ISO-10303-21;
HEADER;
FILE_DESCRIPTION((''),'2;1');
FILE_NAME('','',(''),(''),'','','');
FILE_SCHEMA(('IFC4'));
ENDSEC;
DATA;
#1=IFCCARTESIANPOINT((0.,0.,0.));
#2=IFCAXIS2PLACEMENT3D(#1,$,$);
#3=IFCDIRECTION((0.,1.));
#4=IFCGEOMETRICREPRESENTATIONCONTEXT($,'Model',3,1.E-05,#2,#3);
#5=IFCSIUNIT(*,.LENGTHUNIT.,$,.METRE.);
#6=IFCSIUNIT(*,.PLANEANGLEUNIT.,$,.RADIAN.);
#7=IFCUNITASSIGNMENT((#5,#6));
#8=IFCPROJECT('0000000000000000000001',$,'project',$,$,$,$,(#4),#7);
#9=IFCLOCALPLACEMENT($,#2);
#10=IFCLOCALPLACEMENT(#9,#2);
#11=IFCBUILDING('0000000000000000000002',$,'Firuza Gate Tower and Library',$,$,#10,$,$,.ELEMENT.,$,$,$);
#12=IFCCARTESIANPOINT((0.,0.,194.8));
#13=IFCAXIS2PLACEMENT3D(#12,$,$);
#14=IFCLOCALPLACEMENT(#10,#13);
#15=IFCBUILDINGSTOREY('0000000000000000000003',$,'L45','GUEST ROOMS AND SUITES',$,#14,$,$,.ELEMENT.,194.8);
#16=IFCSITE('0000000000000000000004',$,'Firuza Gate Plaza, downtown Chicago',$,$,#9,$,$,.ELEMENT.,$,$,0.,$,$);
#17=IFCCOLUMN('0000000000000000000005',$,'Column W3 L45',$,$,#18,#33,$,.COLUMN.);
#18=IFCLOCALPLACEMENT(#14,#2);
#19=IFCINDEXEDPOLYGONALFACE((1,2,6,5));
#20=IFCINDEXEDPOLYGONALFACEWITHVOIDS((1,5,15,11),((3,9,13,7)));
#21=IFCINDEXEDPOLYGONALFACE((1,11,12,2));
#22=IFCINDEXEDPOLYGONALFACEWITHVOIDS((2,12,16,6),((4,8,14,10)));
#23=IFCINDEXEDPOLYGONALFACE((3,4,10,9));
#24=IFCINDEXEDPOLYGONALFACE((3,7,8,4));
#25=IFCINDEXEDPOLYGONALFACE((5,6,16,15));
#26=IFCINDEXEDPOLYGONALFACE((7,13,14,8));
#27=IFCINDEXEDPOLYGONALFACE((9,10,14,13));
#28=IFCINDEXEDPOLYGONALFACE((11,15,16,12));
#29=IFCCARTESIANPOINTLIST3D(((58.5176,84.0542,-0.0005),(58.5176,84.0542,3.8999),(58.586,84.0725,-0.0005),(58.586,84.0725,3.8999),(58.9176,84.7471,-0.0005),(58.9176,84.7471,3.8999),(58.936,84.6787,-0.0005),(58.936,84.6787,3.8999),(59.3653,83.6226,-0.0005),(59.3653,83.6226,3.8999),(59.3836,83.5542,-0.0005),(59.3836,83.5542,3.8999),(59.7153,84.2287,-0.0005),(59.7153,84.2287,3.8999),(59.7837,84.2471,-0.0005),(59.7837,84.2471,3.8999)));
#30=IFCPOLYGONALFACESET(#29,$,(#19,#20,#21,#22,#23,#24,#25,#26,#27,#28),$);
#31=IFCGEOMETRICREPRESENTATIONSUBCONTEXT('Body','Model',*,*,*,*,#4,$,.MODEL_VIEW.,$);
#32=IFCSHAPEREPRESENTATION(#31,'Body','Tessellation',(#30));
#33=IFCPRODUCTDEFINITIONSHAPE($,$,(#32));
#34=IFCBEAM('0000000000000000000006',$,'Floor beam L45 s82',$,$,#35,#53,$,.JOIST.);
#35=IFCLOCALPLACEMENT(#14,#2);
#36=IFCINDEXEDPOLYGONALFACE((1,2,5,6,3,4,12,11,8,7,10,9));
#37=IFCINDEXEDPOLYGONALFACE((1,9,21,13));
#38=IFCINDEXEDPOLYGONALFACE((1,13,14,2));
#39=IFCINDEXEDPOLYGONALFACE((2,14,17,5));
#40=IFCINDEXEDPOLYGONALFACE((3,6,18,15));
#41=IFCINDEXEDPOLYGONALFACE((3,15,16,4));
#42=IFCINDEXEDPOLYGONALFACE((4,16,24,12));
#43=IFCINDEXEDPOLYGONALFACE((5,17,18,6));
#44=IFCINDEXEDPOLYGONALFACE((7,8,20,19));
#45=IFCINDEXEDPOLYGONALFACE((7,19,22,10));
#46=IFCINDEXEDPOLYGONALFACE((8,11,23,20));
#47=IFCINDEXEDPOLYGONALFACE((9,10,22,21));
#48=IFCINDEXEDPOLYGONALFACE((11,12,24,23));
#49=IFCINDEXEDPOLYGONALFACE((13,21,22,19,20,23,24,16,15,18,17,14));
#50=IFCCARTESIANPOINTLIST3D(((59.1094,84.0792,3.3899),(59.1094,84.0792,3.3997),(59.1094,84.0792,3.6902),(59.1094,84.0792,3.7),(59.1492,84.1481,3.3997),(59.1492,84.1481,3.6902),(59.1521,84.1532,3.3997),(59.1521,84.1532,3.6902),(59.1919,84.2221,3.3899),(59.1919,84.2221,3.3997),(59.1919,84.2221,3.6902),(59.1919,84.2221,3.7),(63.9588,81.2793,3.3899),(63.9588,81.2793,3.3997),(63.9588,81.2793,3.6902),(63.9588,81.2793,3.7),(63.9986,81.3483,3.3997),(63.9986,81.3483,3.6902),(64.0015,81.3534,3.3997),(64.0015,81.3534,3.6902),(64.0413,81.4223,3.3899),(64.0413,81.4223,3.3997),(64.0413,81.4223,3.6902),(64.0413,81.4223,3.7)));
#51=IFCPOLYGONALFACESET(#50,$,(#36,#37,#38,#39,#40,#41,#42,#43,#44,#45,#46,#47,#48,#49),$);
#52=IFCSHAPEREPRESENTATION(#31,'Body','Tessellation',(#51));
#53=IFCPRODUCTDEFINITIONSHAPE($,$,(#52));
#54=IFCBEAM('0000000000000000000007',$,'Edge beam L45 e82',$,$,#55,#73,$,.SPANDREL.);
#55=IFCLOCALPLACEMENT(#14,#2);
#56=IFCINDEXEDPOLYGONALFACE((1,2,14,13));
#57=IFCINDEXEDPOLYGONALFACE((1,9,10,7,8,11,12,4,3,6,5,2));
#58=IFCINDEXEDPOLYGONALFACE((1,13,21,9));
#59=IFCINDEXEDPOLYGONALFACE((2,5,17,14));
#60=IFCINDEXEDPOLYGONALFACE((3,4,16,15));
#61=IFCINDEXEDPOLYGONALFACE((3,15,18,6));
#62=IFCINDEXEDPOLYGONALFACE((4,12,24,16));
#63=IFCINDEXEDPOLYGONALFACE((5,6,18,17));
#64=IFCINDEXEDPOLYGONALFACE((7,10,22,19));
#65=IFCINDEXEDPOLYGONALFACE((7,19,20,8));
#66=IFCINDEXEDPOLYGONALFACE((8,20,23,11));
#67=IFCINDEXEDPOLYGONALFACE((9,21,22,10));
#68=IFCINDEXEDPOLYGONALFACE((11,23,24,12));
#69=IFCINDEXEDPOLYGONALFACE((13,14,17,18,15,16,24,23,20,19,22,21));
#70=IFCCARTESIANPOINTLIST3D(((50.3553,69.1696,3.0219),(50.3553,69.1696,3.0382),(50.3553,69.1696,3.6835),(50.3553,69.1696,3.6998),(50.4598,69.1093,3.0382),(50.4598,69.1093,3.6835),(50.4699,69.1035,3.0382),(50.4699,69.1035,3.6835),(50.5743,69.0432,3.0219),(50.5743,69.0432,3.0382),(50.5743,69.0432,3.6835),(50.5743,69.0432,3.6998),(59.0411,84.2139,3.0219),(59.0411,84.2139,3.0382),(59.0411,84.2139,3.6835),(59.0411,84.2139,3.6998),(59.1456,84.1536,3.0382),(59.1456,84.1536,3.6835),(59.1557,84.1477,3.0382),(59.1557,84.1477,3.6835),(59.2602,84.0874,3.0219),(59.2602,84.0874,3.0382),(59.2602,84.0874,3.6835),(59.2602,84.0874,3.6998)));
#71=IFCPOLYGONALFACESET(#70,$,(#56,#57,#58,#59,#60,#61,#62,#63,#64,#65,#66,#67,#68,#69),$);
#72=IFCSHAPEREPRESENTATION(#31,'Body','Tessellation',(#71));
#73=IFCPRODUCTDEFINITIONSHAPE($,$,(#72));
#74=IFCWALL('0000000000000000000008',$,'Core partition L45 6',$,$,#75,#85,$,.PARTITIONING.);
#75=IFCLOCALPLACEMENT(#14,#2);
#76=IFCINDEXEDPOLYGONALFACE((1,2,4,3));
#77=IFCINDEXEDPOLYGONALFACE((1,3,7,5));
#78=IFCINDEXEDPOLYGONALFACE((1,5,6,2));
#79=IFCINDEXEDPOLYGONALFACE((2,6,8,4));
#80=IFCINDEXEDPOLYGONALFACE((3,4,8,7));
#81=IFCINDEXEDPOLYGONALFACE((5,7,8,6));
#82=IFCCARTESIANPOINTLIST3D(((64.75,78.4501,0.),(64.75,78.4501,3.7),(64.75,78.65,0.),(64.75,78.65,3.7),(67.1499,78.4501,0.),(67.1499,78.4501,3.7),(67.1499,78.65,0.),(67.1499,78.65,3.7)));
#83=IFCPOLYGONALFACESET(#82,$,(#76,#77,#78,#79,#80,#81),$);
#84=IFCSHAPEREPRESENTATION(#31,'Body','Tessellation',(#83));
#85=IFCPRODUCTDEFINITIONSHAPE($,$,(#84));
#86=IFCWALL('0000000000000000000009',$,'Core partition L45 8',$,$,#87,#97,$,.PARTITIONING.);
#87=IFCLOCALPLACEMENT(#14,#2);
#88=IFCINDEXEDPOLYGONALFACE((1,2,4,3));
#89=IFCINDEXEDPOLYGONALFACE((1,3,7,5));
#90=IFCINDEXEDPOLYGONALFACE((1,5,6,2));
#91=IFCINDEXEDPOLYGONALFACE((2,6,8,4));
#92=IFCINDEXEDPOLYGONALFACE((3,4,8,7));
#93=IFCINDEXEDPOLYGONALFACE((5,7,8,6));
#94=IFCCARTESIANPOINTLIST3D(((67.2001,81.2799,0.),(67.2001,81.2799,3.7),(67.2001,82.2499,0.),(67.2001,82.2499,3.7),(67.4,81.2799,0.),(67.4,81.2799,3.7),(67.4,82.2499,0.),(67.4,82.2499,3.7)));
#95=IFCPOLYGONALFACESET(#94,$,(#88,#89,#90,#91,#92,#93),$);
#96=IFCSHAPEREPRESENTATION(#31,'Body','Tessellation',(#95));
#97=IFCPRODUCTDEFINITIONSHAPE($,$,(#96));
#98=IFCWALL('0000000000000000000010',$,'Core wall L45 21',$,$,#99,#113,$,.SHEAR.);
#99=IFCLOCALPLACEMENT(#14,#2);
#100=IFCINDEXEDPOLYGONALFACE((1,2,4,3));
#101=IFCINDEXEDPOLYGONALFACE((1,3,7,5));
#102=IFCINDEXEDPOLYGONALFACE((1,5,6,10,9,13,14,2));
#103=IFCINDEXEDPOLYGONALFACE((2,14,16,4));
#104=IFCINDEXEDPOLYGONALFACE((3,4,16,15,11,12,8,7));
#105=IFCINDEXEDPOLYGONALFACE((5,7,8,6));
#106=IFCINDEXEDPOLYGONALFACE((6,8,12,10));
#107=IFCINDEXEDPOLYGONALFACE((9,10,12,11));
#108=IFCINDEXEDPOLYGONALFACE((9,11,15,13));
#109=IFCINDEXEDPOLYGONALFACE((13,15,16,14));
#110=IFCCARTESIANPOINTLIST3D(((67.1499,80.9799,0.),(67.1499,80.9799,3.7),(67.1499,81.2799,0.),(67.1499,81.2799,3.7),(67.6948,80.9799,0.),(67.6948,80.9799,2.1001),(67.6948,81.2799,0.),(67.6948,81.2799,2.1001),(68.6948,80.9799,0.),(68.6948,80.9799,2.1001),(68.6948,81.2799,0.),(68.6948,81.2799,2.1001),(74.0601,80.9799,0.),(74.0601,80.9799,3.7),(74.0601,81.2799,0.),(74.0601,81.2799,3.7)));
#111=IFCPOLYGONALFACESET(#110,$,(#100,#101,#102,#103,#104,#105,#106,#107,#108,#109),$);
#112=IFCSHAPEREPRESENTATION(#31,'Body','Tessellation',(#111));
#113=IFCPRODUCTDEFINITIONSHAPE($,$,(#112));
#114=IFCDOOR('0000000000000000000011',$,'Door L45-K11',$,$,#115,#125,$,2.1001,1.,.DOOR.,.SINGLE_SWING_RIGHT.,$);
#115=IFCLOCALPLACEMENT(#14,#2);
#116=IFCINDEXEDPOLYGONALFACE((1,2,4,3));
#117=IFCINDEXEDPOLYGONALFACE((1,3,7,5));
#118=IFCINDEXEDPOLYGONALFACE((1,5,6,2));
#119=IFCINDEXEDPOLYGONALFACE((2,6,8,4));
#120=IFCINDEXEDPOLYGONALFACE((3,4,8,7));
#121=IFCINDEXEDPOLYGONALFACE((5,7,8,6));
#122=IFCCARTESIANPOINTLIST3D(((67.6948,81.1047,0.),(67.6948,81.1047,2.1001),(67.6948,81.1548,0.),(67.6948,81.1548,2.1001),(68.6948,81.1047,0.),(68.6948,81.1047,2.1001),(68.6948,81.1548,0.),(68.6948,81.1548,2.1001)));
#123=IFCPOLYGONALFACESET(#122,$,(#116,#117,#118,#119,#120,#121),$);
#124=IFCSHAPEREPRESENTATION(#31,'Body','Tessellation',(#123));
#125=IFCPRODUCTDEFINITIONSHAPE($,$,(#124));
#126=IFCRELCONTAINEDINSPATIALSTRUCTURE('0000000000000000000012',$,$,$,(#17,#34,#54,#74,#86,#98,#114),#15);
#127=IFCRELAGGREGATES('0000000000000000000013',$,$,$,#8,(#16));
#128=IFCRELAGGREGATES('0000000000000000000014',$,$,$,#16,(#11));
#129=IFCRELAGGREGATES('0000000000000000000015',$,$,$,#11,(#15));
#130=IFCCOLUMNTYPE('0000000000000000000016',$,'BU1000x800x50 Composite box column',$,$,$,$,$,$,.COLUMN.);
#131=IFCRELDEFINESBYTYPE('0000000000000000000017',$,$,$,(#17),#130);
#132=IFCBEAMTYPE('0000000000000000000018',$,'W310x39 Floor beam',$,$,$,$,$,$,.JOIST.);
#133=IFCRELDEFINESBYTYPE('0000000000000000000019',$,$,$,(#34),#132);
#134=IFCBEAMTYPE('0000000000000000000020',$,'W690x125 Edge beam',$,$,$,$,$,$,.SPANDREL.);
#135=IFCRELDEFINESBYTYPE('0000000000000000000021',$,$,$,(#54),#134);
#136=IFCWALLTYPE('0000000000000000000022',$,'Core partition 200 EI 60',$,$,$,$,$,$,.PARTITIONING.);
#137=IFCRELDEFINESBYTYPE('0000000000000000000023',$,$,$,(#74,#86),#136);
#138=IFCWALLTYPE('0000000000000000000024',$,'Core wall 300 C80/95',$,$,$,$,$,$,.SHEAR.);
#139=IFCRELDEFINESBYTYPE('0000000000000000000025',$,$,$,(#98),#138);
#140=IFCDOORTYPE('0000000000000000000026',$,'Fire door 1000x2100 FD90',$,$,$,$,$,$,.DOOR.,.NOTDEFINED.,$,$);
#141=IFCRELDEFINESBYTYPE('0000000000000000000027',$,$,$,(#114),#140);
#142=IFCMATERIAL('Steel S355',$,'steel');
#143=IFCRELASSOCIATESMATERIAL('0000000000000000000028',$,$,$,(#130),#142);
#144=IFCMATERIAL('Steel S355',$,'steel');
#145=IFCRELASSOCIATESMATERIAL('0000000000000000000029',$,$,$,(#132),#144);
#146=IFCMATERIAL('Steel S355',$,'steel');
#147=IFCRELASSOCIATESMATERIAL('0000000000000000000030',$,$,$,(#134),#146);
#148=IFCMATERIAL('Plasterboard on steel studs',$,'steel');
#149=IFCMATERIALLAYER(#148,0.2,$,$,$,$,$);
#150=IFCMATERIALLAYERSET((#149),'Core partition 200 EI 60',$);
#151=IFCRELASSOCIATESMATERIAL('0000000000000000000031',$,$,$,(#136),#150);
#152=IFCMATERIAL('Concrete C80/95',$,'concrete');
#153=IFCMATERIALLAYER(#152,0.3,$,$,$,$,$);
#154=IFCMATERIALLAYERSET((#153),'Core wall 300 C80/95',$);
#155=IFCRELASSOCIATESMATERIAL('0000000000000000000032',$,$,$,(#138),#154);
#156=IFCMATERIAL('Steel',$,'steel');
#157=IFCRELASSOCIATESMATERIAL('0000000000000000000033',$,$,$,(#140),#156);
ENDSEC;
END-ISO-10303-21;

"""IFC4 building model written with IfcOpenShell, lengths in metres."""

from ifc_helpers import new_model, si_unit, direction, frame, frame_2d, origin, origin_2d, place, context, subcontext, project, spatial, rectangle, hollow_rectangle, i_section, extrude, material, layer, layer_set, material_profile, profile_set, type_object, element, fill, save


model = new_model("IFC4")

# Units and contexts
model_context = context("Model", 3, precision=1e-05, world=origin(), true_north=direction((0.0, 1.0)))
body_context = subcontext(model_context, "Body", "Model", "MODEL_VIEW")
ifc_project = project(units=[si_unit("LENGTHUNIT", "METRE"), si_unit("PLANEANGLEUNIT", "RADIAN")], contexts=[model_context])

# Site, building, storey
site_placement = place(None, origin())
site = spatial("IfcSite", under=ifc_project, at=site_placement, Name="Firuza Gate Plaza, downtown Chicago", CompositionType="ELEMENT", RefElevation=0.0)
building_placement = place(site_placement, origin())
building = spatial("IfcBuilding", under=site, at=building_placement, Name="Firuza Gate Tower and Library", CompositionType="ELEMENT")
storey_placement = place(building_placement, frame((0.0, 0.0, 194.8)))
storey = spatial("IfcBuildingStorey", under=building, at=storey_placement, Name="L45", Description="GUEST ROOMS AND SUITES", CompositionType="ELEMENT", Elevation=194.8)

# Column
ifc_material_1 = material(Name="Steel S355", Category="steel")
ifc_material_profile_1 = material_profile(ifc_material_1, hollow_rectangle(XDim=0.8, YDim=1.0, WallThickness=0.05, at=origin_2d()))
ifc_profile_set_1 = profile_set([ifc_material_profile_1], Name="Steel S355")
column_type = type_object("IfcColumnType", Name="BU1000x800x50 Composite box column", PredefinedType="COLUMN", material=ifc_profile_set_1)
column_placement = place(storey_placement, frame((59.1506, 84.1506, -0.0005), z_axis=(0.0, 0.0, 1.0), x_axis=(-0.5, -0.866025, 0.0)))
element("IfcColumn", 1, at=column_placement, inside=storey, type_object=column_type, Name="Column W3 L45", PredefinedType="COLUMN", context=body_context, shape_type="SweptSolid", body=[
    extrude(hollow_rectangle(XDim=0.8, YDim=1.0, WallThickness=0.05, at=origin_2d()), origin(), (0.0, 0.0, 1.0), 3.9004),
])

# Beams
ifc_material_2 = material(Name="Steel S355", Category="steel")
ifc_material_profile_2 = material_profile(ifc_material_2, i_section(OverallWidth=0.165, OverallDepth=0.3101, WebThickness=0.0059, FlangeThickness=0.0098, at=origin_2d()))
ifc_profile_set_2 = profile_set([ifc_material_profile_2], Name="Steel S355")
beam_type_1 = type_object("IfcBeamType", Name="W310x39 Floor beam", PredefinedType="JOIST", material=ifc_profile_set_2)
beam_1_placement = place(storey_placement, frame((59.1506, 84.1506, 3.5449), z_axis=(0.866024, -0.500003, 0.0), x_axis=(0.500003, 0.866024, 0.0)))
element("IfcBeam", 2, at=beam_1_placement, inside=storey, type_object=beam_type_1, Name="Floor beam L45 s82", PredefinedType="JOIST", context=body_context, shape_type="SweptSolid", body=[
    extrude(i_section(OverallWidth=0.165, OverallDepth=0.3101, WebThickness=0.0059, FlangeThickness=0.0098, at=origin_2d()), origin(), (0.0, 0.0, 1.0), 5.5996),
])
ifc_material_3 = material(Name="Steel S355", Category="steel")
ifc_material_profile_3 = material_profile(ifc_material_3, i_section(OverallWidth=0.2529, OverallDepth=0.678, WebThickness=0.0117, FlangeThickness=0.0164, at=origin_2d()))
ifc_profile_set_3 = profile_set([ifc_material_profile_3], Name="Steel S355")
beam_type_2 = type_object("IfcBeamType", Name="W690x125 Edge beam", PredefinedType="SPANDREL", material=ifc_profile_set_3)
beam_2_placement = place(storey_placement, frame((59.1506, 84.1506, 3.3608), z_axis=(-0.500001, -0.866025, 0.0), x_axis=(0.866025, -0.500001, 0.0)))
element("IfcBeam", 3, at=beam_2_placement, inside=storey, type_object=beam_type_2, Name="Edge beam L45 e82", PredefinedType="SPANDREL", context=body_context, shape_type="SweptSolid", body=[
    extrude(i_section(OverallWidth=0.2529, OverallDepth=0.678, WebThickness=0.0117, FlangeThickness=0.0164, at=origin_2d()), origin(), (0.0, 0.0, 1.0), 17.3716),
])

# Walls
ifc_material_4 = material(Name="Plasterboard on steel studs", Category="steel")
ifc_layer_1 = layer(ifc_material_4, 0.2)
ifc_layer_set_1 = layer_set([ifc_layer_1], Name="Core partition 200 EI 60")
wall_type_1 = type_object("IfcWallType", Name="Core partition 200 EI 60", PredefinedType="PARTITIONING", material=ifc_layer_set_1)
wall_1_placement = place(storey_placement, frame((64.75, 78.55, 0.0), z_axis=(0.0, 0.0, 1.0), x_axis=(1.0, 0.0, 0.0)))
element("IfcWall", 4, at=wall_1_placement, inside=storey, type_object=wall_type_1, Name="Core partition L45 6", PredefinedType="PARTITIONING", context=body_context, shape_type="SweptSolid", body=[
    extrude(rectangle(XDim=2.3999, YDim=0.2, at=frame_2d((1.2, 0.0))), origin(), (0.0, 0.0, 1.0), 3.7),
])
wall_2_placement = place(storey_placement, frame((67.3, 81.28, 0.0), z_axis=(0.0, 0.0, 1.0), x_axis=(0.0, 1.0, 0.0)))
element("IfcWall", 5, at=wall_2_placement, inside=storey, type_object=wall_type_1, Name="Core partition L45 8", PredefinedType="PARTITIONING", context=body_context, shape_type="SweptSolid", body=[
    extrude(rectangle(XDim=0.97, YDim=0.2, at=frame_2d((0.4849, 0.0))), origin(), (0.0, 0.0, 1.0), 3.7),
])

# Wall, opening, door
ifc_material_5 = material(Name="Concrete C80/95", Category="concrete")
ifc_layer_2 = layer(ifc_material_5, 0.3)
ifc_layer_set_2 = layer_set([ifc_layer_2], Name="Core wall 300 C80/95")
wall_type_2 = type_object("IfcWallType", Name="Core wall 300 C80/95", PredefinedType="SHEAR", material=ifc_layer_set_2)
wall_3_placement = place(storey_placement, frame((67.1499, 81.1299, 0.0), z_axis=(0.0, 0.0, 1.0), x_axis=(1.0, 0.0, 0.0)))
wall_3 = element("IfcWall", 6, at=wall_3_placement, inside=storey, type_object=wall_type_2, Name="Core wall L45 21", PredefinedType="SHEAR", context=body_context, shape_type="SweptSolid", body=[
    extrude(rectangle(XDim=6.9102, YDim=0.3, at=frame_2d((3.4551, 0.0))), origin(), (0.0, 0.0, 1.0), 3.7),
])
opening_1_placement = place(wall_3_placement, frame((0.5449, 0.0, 0.0)))
opening_1 = element("IfcOpeningElement", 7, at=opening_1_placement, cuts=wall_3, PredefinedType="OPENING", context=body_context, shape_type="SweptSolid", body=[
    extrude(rectangle(XDim=1.0, YDim=2.1001, at=frame_2d((0.5, 1.05))), frame((0.0, 0.1602, 0.0), z_axis=(0.0, -1.0, 0.0), x_axis=(1.0, 0.0, 0.0)), (0.0, 0.0, 1.0), 0.3201),
])
ifc_material_6 = material(Name="Steel", Category="steel")
door_type_1 = type_object("IfcDoorType", Name="Fire door 1000x2100 FD90", OperationType="NOTDEFINED", PredefinedType="DOOR", material=ifc_material_6)
door_1_placement = place(opening_1_placement, origin())
door_1 = element("IfcDoor", 8, at=door_1_placement, inside=storey, type_object=door_type_1, Name="Door L45-K11", OperationType="SINGLE_SWING_RIGHT", OverallHeight=2.1001, OverallWidth=1.0, PredefinedType="DOOR", context=body_context, shape_type="SweptSolid", body=[
    extrude(rectangle(XDim=1.0, YDim=2.1001, at=frame_2d((0.5, 1.05))), frame((0.0, 0.0249, 0.0), z_axis=(0.0, -1.0, 0.0), x_axis=(1.0, 0.0, 0.0)), (0.0, 0.0, 1.0), 0.05),
])
fill(opening_1, door_1)

save(model, "model.ifc")
